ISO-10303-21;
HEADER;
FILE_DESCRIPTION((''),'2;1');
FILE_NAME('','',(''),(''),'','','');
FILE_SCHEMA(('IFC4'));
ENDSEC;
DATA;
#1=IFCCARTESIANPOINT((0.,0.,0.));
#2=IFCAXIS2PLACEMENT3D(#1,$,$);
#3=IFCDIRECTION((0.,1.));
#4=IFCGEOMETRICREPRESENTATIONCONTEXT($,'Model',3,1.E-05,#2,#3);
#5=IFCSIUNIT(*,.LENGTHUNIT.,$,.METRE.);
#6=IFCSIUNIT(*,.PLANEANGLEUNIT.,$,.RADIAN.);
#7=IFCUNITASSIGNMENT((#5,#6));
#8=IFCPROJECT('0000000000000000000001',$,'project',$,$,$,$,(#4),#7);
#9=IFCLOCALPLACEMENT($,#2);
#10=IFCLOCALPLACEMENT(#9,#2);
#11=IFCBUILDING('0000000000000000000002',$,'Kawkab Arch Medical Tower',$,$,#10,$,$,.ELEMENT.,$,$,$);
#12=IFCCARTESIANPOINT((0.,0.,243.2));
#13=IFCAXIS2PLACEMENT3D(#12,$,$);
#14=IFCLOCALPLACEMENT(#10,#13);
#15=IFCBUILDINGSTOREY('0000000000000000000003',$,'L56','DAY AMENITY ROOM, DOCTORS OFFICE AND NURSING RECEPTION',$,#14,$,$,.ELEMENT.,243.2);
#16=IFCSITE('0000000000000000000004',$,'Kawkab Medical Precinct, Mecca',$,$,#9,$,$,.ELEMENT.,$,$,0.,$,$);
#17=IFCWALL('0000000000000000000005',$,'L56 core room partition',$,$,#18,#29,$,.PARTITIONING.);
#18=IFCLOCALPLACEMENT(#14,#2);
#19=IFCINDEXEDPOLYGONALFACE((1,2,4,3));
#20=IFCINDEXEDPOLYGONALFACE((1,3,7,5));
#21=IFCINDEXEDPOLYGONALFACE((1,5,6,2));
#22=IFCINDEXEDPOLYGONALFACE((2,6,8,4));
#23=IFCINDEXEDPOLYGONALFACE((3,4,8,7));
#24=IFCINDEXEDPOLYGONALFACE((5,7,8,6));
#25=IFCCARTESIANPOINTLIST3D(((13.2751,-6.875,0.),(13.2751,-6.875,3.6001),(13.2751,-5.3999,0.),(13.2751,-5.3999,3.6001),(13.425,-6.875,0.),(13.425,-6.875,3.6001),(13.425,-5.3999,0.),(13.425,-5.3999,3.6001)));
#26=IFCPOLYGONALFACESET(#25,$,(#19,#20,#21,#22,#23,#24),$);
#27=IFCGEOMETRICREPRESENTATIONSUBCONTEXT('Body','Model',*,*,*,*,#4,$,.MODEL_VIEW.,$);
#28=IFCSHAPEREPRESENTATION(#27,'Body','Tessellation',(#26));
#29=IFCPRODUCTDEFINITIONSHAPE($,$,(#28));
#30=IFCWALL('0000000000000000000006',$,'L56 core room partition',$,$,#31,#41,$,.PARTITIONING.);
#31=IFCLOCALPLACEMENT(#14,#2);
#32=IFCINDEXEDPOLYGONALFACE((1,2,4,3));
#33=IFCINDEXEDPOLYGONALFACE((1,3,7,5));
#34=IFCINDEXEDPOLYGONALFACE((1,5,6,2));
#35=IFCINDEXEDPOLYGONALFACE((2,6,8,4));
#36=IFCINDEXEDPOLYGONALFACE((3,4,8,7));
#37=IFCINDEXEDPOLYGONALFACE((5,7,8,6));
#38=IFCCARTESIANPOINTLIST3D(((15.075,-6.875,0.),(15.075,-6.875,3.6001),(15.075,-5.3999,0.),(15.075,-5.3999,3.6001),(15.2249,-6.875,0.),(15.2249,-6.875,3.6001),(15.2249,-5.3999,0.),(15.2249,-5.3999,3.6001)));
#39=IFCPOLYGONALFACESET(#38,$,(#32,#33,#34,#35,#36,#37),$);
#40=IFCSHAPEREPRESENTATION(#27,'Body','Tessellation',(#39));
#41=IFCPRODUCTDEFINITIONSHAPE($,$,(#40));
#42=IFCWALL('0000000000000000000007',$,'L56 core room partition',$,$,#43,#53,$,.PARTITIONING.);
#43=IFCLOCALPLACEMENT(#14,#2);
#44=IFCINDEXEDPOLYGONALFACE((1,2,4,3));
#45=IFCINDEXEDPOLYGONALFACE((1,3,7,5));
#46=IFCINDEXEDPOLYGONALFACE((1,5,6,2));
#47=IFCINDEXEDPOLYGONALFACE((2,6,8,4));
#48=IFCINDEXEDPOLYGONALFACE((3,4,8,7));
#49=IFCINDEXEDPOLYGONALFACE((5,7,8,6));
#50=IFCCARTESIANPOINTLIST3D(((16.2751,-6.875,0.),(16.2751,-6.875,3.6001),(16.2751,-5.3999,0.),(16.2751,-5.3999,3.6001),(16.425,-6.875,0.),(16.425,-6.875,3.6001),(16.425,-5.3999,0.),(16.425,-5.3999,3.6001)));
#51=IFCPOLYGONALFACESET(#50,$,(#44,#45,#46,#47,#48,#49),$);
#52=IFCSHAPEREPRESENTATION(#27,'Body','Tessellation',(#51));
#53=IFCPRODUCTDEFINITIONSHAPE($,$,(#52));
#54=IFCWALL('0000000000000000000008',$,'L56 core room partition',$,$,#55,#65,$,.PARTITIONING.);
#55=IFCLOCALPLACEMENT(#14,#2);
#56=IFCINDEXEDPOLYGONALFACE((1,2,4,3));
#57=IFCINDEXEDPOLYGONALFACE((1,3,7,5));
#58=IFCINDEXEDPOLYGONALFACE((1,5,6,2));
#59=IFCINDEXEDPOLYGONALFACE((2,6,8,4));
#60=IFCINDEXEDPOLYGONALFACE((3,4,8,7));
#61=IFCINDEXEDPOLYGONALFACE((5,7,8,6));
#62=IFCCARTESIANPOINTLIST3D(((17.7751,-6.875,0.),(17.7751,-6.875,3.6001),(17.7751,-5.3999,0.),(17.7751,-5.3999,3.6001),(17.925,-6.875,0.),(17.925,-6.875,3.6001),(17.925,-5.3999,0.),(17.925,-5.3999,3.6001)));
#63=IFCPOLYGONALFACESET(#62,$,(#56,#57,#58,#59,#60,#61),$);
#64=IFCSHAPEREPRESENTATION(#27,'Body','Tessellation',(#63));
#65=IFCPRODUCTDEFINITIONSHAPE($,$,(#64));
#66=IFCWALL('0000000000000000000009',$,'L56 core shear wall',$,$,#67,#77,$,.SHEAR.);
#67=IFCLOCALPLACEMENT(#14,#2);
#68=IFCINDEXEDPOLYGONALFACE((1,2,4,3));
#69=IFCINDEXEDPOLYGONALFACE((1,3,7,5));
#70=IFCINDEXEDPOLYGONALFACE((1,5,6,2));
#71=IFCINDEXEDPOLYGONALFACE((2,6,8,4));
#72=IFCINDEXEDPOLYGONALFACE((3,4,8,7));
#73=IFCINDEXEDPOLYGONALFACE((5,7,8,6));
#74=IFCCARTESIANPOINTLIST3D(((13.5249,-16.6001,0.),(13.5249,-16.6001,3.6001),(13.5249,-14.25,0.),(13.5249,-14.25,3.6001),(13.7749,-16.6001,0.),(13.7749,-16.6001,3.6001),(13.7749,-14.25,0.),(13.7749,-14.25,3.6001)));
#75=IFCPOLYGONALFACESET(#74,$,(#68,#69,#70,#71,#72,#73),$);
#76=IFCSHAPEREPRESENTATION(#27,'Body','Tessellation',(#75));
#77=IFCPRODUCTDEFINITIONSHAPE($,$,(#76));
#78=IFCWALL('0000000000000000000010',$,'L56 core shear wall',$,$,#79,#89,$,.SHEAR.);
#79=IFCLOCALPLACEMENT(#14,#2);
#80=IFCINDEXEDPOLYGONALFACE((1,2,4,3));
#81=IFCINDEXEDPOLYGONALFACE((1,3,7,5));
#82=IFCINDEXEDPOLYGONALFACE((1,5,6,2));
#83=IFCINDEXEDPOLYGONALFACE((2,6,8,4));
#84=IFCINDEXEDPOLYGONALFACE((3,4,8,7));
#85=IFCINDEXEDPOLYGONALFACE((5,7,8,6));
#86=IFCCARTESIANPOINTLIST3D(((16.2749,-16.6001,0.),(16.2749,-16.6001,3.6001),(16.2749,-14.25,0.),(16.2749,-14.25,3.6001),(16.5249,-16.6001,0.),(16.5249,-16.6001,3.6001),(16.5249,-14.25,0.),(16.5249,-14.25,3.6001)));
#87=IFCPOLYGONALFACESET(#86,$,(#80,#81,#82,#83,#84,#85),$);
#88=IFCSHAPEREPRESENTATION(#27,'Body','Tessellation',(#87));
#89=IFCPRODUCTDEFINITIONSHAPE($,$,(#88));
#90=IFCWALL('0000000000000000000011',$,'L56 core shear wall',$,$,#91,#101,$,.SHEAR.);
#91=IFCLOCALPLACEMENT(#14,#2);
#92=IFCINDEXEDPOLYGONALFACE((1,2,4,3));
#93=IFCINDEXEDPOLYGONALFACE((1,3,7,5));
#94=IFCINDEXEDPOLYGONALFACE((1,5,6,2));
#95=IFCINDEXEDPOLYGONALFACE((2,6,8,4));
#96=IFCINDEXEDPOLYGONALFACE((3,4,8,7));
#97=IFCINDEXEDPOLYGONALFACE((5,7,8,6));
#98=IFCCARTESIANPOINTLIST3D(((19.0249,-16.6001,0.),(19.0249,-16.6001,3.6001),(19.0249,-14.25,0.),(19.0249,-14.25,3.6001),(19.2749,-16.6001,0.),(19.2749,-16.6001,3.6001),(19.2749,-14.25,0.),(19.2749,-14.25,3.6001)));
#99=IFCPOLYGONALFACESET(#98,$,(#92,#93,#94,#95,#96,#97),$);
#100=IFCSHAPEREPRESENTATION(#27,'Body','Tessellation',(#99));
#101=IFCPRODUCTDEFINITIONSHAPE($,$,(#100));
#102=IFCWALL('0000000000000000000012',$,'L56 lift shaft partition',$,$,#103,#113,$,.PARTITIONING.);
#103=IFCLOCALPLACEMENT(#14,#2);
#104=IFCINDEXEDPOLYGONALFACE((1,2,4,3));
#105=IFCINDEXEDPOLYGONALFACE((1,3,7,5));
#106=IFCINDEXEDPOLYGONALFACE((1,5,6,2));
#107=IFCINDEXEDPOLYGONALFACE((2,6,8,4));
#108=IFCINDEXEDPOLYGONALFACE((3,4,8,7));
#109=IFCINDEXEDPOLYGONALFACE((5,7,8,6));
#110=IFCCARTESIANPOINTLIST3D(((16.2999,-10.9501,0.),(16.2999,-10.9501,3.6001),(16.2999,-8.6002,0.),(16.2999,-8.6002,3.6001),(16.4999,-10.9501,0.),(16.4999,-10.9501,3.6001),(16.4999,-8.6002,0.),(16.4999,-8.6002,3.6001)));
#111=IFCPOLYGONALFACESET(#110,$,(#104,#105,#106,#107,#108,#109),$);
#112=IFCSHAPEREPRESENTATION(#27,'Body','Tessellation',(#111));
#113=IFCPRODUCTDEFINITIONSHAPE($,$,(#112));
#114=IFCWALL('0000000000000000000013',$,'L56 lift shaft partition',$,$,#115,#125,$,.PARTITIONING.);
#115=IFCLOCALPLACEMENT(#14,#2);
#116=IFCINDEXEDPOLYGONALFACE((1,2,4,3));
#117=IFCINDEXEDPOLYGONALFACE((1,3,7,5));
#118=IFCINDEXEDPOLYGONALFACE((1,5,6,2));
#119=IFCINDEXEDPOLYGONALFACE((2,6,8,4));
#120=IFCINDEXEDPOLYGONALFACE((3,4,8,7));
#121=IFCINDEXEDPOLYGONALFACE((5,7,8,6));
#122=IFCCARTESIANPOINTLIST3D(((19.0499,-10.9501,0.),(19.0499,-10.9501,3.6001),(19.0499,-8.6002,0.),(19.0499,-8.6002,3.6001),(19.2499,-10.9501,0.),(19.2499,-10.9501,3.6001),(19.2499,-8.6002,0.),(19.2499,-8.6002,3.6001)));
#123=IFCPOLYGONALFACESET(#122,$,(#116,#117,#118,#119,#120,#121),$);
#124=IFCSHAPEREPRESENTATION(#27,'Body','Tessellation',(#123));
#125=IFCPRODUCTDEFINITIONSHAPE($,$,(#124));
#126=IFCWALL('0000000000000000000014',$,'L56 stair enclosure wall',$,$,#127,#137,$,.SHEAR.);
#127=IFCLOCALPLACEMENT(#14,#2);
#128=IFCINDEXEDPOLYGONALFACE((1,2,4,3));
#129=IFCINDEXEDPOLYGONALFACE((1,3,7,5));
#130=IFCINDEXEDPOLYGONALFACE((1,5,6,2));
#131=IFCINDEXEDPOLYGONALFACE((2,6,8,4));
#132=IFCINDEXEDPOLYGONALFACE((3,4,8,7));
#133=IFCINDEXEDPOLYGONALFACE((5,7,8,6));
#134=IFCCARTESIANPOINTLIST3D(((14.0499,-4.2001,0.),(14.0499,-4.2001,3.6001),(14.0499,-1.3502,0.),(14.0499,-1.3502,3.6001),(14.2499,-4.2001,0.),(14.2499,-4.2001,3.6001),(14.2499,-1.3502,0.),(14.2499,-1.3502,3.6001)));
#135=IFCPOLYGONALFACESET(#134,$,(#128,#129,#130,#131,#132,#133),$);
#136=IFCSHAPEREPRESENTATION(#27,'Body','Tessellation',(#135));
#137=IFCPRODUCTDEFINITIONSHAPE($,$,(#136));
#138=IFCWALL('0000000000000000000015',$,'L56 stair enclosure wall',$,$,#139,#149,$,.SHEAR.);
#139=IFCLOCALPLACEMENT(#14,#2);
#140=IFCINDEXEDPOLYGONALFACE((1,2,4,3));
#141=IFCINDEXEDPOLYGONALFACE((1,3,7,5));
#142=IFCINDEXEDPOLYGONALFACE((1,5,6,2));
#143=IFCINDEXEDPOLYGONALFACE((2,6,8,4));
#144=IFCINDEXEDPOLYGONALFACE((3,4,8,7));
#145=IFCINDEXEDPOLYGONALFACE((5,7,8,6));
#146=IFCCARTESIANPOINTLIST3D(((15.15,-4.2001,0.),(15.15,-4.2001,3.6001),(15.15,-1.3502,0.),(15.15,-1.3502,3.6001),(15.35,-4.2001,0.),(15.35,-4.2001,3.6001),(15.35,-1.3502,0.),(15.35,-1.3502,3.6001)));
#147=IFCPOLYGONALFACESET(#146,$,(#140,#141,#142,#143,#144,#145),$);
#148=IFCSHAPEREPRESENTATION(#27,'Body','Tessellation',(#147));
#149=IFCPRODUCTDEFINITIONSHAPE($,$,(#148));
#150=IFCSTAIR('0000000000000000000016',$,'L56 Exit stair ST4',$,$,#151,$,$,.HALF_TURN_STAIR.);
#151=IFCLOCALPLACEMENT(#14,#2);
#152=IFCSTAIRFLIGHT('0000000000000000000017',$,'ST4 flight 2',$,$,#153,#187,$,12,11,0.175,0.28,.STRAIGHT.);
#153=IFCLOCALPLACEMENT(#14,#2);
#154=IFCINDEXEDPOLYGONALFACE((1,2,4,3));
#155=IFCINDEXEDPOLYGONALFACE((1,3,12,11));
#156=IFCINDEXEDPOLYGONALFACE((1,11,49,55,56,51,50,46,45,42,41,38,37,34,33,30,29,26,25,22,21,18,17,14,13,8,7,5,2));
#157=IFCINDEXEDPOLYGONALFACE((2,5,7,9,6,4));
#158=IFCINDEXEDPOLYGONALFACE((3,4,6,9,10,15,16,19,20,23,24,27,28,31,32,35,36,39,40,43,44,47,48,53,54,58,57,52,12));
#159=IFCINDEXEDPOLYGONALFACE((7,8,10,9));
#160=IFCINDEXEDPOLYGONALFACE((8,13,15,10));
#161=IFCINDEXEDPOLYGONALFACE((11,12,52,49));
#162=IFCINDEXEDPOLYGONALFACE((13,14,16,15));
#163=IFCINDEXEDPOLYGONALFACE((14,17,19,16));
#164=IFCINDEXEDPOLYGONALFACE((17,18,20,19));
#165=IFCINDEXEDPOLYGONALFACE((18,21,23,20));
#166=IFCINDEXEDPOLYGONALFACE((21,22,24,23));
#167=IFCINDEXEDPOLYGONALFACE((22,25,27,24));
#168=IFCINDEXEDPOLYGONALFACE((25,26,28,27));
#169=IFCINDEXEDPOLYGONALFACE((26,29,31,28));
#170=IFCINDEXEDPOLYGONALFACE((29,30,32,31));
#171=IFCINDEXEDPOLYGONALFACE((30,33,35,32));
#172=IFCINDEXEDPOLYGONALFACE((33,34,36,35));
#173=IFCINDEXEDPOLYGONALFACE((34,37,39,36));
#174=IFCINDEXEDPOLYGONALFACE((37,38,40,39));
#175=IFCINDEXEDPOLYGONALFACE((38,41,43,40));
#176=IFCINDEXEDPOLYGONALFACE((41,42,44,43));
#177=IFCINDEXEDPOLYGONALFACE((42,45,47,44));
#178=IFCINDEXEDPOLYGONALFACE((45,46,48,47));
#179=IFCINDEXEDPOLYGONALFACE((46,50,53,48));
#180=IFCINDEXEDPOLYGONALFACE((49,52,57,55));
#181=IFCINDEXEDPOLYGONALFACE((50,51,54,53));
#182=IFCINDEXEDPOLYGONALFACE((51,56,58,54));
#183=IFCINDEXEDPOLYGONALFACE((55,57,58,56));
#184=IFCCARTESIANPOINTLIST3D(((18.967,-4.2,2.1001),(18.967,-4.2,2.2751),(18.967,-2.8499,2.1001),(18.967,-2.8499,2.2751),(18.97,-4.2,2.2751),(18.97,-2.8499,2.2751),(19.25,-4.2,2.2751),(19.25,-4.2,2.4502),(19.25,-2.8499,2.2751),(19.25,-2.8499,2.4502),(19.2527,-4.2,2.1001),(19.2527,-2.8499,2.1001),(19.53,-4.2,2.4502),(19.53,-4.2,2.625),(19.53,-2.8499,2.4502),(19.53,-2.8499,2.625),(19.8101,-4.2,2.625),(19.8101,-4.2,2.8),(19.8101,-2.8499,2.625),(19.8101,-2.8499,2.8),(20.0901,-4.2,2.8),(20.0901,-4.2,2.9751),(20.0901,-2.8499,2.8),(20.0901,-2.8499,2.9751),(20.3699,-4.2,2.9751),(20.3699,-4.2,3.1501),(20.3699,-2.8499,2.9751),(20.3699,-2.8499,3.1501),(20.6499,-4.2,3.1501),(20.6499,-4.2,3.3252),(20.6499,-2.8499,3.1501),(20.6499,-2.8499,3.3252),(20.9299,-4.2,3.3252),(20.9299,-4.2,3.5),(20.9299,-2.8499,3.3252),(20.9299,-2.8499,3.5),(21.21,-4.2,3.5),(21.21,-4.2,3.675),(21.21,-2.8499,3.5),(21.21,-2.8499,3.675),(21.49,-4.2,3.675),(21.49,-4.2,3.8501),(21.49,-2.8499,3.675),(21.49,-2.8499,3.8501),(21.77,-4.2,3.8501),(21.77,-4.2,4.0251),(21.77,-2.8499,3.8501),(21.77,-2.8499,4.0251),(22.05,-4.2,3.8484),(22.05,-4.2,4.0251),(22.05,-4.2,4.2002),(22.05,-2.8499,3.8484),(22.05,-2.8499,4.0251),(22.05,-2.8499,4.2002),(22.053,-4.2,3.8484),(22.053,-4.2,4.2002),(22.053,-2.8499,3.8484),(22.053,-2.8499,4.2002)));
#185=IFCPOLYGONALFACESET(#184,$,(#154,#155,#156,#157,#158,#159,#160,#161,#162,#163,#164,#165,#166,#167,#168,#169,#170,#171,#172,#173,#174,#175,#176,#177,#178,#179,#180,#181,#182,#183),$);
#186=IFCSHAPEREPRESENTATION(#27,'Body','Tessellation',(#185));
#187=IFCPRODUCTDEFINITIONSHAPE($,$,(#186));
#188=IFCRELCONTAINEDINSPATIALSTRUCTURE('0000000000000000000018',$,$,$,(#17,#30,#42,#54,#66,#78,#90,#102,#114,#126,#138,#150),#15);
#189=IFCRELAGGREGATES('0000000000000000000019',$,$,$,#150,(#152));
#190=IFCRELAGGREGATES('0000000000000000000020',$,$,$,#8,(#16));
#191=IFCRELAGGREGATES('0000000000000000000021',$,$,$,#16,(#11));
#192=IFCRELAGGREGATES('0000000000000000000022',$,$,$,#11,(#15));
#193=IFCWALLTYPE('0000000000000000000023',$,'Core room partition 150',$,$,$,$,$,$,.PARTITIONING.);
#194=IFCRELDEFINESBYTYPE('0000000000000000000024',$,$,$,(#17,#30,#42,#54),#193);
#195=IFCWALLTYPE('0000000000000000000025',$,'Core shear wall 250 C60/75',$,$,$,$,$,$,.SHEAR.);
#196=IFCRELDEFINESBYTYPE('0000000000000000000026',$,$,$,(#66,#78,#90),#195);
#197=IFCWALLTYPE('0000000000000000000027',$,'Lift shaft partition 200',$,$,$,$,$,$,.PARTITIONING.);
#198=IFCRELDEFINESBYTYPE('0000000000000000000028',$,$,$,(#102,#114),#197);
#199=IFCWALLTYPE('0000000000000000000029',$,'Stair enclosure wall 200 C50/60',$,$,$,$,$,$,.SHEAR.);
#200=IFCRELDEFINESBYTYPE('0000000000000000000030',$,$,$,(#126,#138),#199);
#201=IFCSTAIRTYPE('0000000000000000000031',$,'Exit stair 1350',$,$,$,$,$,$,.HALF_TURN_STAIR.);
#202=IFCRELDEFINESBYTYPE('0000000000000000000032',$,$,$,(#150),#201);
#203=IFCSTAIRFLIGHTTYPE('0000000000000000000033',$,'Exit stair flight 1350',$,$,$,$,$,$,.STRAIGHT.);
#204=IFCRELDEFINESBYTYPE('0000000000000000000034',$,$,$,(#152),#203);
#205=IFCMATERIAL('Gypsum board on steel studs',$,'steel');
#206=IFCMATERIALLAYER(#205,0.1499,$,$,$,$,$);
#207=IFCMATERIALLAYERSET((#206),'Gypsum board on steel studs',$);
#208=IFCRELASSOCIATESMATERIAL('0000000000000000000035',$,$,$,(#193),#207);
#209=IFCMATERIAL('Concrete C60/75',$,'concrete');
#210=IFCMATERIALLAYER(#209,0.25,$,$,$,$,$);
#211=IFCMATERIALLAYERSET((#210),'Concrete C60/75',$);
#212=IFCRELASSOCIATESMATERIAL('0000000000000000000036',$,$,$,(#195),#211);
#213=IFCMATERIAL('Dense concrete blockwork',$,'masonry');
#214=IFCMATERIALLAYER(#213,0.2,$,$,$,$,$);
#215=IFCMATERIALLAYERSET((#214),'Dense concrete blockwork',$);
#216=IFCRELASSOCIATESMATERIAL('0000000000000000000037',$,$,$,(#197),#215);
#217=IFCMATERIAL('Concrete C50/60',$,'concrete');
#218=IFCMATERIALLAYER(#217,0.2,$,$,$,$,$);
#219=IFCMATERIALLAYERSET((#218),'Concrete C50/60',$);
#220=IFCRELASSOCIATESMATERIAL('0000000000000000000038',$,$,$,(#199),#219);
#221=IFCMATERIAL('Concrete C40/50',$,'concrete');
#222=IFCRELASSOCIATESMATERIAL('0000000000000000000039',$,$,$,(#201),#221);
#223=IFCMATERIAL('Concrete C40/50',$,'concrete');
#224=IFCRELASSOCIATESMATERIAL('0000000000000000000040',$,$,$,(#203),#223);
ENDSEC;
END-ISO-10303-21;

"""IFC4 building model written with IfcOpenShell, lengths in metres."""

from ifc_helpers import new_model, si_unit, direction, frame, frame_2d, origin, place, context, subcontext, project, spatial, polyline, rectangle, outline, extrude, material, layer, layer_set, type_object, element, aggregate, save


model = new_model("IFC4")

# Units and contexts
model_context = context("Model", 3, precision=1e-05, world=origin(), true_north=direction((0.0, 1.0)))
body_context = subcontext(model_context, "Body", "Model", "MODEL_VIEW")
ifc_project = project(units=[si_unit("LENGTHUNIT", "METRE"), si_unit("PLANEANGLEUNIT", "RADIAN")], contexts=[model_context])

# Site, building, storey
site_placement = place(None, origin())
site = spatial("IfcSite", under=ifc_project, at=site_placement, Name="Kawkab Medical Precinct, Mecca", CompositionType="ELEMENT", RefElevation=0.0)
building_placement = place(site_placement, origin())
building = spatial("IfcBuilding", under=site, at=building_placement, Name="Kawkab Arch Medical Tower", CompositionType="ELEMENT")
storey_placement = place(building_placement, frame((0.0, 0.0, 243.2)))
storey = spatial("IfcBuildingStorey", under=building, at=storey_placement, Name="L56", Description="DAY AMENITY ROOM, DOCTORS OFFICE AND NURSING RECEPTION", CompositionType="ELEMENT", Elevation=243.2)

# Walls
ifc_material_1 = material(Name="Gypsum board on steel studs", Category="steel")
ifc_layer_1 = layer(ifc_material_1, 0.1499)
ifc_layer_set_1 = layer_set([ifc_layer_1], Name="Gypsum board on steel studs")
wall_type_1 = type_object("IfcWallType", Name="Core room partition 150", PredefinedType="PARTITIONING", material=ifc_layer_set_1)
for number, where, z_axis, x_axis, name in (
    (1, (13.3501, -6.875, 0.0), (0.0, 0.0, 1.0), (0.0, 1.0, 0.0), "L56 core room partition"),
    (2, (15.1499, -6.875, 0.0), (0.0, 0.0, 1.0), (0.0, 1.0, 0.0), "L56 core room partition"),
    (3, (16.3501, -6.875, 0.0), (0.0, 0.0, 1.0), (0.0, 1.0, 0.0), "L56 core room partition"),
    (4, (17.8501, -6.875, 0.0), (0.0, 0.0, 1.0), (0.0, 1.0, 0.0), "L56 core room partition"),
):
    element("IfcWall", number, at=place(storey_placement, frame(where, z_axis=z_axis, x_axis=x_axis)), inside=storey, type_object=wall_type_1, Name=name, PredefinedType="PARTITIONING", context=body_context, shape_type="SweptSolid", body=[
        extrude(rectangle(XDim=1.4751, YDim=0.1499, at=frame_2d((0.7375, 0.0))), origin(), (0.0, 0.0, 1.0), 3.6001),
    ])
ifc_material_2 = material(Name="Concrete C60/75", Category="concrete")
ifc_layer_2 = layer(ifc_material_2, 0.25)
ifc_layer_set_2 = layer_set([ifc_layer_2], Name="Concrete C60/75")
wall_type_2 = type_object("IfcWallType", Name="Core shear wall 250 C60/75", PredefinedType="SHEAR", material=ifc_layer_set_2)
for number, where, z_axis, x_axis, name in (
    (5, (13.6499, -16.6001, 0.0), (0.0, 0.0, 1.0), (0.0, 1.0, 0.0), "L56 core shear wall"),
    (6, (16.3999, -16.6001, 0.0), (0.0, 0.0, 1.0), (0.0, 1.0, 0.0), "L56 core shear wall"),
    (7, (19.1499, -16.6001, 0.0), (0.0, 0.0, 1.0), (0.0, 1.0, 0.0), "L56 core shear wall"),
):
    element("IfcWall", number, at=place(storey_placement, frame(where, z_axis=z_axis, x_axis=x_axis)), inside=storey, type_object=wall_type_2, Name=name, PredefinedType="SHEAR", context=body_context, shape_type="SweptSolid", body=[
        extrude(rectangle(XDim=2.3501, YDim=0.25, at=frame_2d((1.175, 0.0))), origin(), (0.0, 0.0, 1.0), 3.6001),
    ])
ifc_material_3 = material(Name="Dense concrete blockwork", Category="masonry")
ifc_layer_3 = layer(ifc_material_3, 0.2)
ifc_layer_set_3 = layer_set([ifc_layer_3], Name="Dense concrete blockwork")
wall_type_3 = type_object("IfcWallType", Name="Lift shaft partition 200", PredefinedType="PARTITIONING", material=ifc_layer_set_3)
for number, where, z_axis, x_axis, name in (
    (8, (16.3999, -10.95, 0.0), (0.0, 0.0, 1.0), (0.0, 1.0, 0.0), "L56 lift shaft partition"),
    (9, (19.1499, -10.95, 0.0), (0.0, 0.0, 1.0), (0.0, 1.0, 0.0), "L56 lift shaft partition"),
):
    element("IfcWall", number, at=place(storey_placement, frame(where, z_axis=z_axis, x_axis=x_axis)), inside=storey, type_object=wall_type_3, Name=name, PredefinedType="PARTITIONING", context=body_context, shape_type="SweptSolid", body=[
        extrude(rectangle(XDim=2.3499, YDim=0.2, at=frame_2d((1.1748, 0.0))), origin(), (0.0, 0.0, 1.0), 3.6001),
    ])
ifc_material_4 = material(Name="Concrete C50/60", Category="concrete")
ifc_layer_4 = layer(ifc_material_4, 0.2)
ifc_layer_set_4 = layer_set([ifc_layer_4], Name="Concrete C50/60")
wall_type_4 = type_object("IfcWallType", Name="Stair enclosure wall 200 C50/60", PredefinedType="SHEAR", material=ifc_layer_set_4)
for number, where, z_axis, x_axis, name in (
    (10, (14.1499, -4.2, 0.0), (0.0, 0.0, 1.0), (0.0, 1.0, 0.0), "L56 stair enclosure wall"),
    (11, (15.25, -4.2, 0.0), (0.0, 0.0, 1.0), (0.0, 1.0, 0.0), "L56 stair enclosure wall"),
):
    element("IfcWall", number, at=place(storey_placement, frame(where, z_axis=z_axis, x_axis=x_axis)), inside=storey, type_object=wall_type_4, Name=name, PredefinedType="SHEAR", context=body_context, shape_type="SweptSolid", body=[
        extrude(rectangle(XDim=2.8499, YDim=0.2, at=frame_2d((1.4248, 0.0))), origin(), (0.0, 0.0, 1.0), 3.6001),
    ])

# Stair, stair flight
ifc_material_5 = material(Name="Concrete C40/50", Category="concrete")
stair_type = type_object("IfcStairType", Name="Exit stair 1350", PredefinedType="HALF_TURN_STAIR", material=ifc_material_5)
stair_placement = place(storey_placement, origin())
stair = element("IfcStair", 12, at=stair_placement, inside=storey, type_object=stair_type, Name="L56 Exit stair ST4", PredefinedType="HALF_TURN_STAIR")
ifc_material_6 = material(Name="Concrete C40/50", Category="concrete")
stair_flight_type = type_object("IfcStairFlightType", Name="Exit stair flight 1350", PredefinedType="STRAIGHT", material=ifc_material_6)
stair_flight_placement = place(storey_placement, frame((18.97, -3.5249, 2.1001), z_axis=(0.0, 0.0, 1.0), x_axis=(1.0, 0.0, 0.0)))
stair_flight = element("IfcStairFlight", 13, at=stair_flight_placement, type_object=stair_flight_type, Name="ST4 flight 2", NumberOfRisers=12, NumberOfTreads=11, PredefinedType="STRAIGHT", RiserHeight=0.175, TreadLength=0.28, context=body_context, shape_type="SweptSolid", body=[
    extrude(outline(polyline([(-0.0029, 0.0), (-0.0029, 0.175), (0.0, 0.175), (0.28, 0.175), (0.28, 0.3501), (0.5601, 0.3501), (0.5601, 0.5249), (0.8401, 0.5249), (0.8401, 0.7), (1.1201, 0.7), (1.1201, 0.875), (1.3999, 0.875), (1.3999, 1.05), (1.6799, 1.05), (1.6799, 1.2251), (1.96, 1.2251), (1.96, 1.3999), (2.24, 1.3999), (2.24, 1.575), (2.52, 1.575), (2.52, 1.75), (2.8, 1.75), (2.8, 1.925), (3.0801, 1.925), (3.0801, 2.1001), (3.083, 2.1001), (3.083, 1.7483), (3.0801, 1.7483), (0.2827, 0.0), (-0.0029, 0.0)])), frame((0.0, 0.675, 0.0), z_axis=(0.0, -1.0, 0.0), x_axis=(1.0, 0.0, 0.0)), (0.0, 0.0, 1.0), 1.3501),
])
aggregate(stair, [stair_flight])

save(model, "model.ifc")
